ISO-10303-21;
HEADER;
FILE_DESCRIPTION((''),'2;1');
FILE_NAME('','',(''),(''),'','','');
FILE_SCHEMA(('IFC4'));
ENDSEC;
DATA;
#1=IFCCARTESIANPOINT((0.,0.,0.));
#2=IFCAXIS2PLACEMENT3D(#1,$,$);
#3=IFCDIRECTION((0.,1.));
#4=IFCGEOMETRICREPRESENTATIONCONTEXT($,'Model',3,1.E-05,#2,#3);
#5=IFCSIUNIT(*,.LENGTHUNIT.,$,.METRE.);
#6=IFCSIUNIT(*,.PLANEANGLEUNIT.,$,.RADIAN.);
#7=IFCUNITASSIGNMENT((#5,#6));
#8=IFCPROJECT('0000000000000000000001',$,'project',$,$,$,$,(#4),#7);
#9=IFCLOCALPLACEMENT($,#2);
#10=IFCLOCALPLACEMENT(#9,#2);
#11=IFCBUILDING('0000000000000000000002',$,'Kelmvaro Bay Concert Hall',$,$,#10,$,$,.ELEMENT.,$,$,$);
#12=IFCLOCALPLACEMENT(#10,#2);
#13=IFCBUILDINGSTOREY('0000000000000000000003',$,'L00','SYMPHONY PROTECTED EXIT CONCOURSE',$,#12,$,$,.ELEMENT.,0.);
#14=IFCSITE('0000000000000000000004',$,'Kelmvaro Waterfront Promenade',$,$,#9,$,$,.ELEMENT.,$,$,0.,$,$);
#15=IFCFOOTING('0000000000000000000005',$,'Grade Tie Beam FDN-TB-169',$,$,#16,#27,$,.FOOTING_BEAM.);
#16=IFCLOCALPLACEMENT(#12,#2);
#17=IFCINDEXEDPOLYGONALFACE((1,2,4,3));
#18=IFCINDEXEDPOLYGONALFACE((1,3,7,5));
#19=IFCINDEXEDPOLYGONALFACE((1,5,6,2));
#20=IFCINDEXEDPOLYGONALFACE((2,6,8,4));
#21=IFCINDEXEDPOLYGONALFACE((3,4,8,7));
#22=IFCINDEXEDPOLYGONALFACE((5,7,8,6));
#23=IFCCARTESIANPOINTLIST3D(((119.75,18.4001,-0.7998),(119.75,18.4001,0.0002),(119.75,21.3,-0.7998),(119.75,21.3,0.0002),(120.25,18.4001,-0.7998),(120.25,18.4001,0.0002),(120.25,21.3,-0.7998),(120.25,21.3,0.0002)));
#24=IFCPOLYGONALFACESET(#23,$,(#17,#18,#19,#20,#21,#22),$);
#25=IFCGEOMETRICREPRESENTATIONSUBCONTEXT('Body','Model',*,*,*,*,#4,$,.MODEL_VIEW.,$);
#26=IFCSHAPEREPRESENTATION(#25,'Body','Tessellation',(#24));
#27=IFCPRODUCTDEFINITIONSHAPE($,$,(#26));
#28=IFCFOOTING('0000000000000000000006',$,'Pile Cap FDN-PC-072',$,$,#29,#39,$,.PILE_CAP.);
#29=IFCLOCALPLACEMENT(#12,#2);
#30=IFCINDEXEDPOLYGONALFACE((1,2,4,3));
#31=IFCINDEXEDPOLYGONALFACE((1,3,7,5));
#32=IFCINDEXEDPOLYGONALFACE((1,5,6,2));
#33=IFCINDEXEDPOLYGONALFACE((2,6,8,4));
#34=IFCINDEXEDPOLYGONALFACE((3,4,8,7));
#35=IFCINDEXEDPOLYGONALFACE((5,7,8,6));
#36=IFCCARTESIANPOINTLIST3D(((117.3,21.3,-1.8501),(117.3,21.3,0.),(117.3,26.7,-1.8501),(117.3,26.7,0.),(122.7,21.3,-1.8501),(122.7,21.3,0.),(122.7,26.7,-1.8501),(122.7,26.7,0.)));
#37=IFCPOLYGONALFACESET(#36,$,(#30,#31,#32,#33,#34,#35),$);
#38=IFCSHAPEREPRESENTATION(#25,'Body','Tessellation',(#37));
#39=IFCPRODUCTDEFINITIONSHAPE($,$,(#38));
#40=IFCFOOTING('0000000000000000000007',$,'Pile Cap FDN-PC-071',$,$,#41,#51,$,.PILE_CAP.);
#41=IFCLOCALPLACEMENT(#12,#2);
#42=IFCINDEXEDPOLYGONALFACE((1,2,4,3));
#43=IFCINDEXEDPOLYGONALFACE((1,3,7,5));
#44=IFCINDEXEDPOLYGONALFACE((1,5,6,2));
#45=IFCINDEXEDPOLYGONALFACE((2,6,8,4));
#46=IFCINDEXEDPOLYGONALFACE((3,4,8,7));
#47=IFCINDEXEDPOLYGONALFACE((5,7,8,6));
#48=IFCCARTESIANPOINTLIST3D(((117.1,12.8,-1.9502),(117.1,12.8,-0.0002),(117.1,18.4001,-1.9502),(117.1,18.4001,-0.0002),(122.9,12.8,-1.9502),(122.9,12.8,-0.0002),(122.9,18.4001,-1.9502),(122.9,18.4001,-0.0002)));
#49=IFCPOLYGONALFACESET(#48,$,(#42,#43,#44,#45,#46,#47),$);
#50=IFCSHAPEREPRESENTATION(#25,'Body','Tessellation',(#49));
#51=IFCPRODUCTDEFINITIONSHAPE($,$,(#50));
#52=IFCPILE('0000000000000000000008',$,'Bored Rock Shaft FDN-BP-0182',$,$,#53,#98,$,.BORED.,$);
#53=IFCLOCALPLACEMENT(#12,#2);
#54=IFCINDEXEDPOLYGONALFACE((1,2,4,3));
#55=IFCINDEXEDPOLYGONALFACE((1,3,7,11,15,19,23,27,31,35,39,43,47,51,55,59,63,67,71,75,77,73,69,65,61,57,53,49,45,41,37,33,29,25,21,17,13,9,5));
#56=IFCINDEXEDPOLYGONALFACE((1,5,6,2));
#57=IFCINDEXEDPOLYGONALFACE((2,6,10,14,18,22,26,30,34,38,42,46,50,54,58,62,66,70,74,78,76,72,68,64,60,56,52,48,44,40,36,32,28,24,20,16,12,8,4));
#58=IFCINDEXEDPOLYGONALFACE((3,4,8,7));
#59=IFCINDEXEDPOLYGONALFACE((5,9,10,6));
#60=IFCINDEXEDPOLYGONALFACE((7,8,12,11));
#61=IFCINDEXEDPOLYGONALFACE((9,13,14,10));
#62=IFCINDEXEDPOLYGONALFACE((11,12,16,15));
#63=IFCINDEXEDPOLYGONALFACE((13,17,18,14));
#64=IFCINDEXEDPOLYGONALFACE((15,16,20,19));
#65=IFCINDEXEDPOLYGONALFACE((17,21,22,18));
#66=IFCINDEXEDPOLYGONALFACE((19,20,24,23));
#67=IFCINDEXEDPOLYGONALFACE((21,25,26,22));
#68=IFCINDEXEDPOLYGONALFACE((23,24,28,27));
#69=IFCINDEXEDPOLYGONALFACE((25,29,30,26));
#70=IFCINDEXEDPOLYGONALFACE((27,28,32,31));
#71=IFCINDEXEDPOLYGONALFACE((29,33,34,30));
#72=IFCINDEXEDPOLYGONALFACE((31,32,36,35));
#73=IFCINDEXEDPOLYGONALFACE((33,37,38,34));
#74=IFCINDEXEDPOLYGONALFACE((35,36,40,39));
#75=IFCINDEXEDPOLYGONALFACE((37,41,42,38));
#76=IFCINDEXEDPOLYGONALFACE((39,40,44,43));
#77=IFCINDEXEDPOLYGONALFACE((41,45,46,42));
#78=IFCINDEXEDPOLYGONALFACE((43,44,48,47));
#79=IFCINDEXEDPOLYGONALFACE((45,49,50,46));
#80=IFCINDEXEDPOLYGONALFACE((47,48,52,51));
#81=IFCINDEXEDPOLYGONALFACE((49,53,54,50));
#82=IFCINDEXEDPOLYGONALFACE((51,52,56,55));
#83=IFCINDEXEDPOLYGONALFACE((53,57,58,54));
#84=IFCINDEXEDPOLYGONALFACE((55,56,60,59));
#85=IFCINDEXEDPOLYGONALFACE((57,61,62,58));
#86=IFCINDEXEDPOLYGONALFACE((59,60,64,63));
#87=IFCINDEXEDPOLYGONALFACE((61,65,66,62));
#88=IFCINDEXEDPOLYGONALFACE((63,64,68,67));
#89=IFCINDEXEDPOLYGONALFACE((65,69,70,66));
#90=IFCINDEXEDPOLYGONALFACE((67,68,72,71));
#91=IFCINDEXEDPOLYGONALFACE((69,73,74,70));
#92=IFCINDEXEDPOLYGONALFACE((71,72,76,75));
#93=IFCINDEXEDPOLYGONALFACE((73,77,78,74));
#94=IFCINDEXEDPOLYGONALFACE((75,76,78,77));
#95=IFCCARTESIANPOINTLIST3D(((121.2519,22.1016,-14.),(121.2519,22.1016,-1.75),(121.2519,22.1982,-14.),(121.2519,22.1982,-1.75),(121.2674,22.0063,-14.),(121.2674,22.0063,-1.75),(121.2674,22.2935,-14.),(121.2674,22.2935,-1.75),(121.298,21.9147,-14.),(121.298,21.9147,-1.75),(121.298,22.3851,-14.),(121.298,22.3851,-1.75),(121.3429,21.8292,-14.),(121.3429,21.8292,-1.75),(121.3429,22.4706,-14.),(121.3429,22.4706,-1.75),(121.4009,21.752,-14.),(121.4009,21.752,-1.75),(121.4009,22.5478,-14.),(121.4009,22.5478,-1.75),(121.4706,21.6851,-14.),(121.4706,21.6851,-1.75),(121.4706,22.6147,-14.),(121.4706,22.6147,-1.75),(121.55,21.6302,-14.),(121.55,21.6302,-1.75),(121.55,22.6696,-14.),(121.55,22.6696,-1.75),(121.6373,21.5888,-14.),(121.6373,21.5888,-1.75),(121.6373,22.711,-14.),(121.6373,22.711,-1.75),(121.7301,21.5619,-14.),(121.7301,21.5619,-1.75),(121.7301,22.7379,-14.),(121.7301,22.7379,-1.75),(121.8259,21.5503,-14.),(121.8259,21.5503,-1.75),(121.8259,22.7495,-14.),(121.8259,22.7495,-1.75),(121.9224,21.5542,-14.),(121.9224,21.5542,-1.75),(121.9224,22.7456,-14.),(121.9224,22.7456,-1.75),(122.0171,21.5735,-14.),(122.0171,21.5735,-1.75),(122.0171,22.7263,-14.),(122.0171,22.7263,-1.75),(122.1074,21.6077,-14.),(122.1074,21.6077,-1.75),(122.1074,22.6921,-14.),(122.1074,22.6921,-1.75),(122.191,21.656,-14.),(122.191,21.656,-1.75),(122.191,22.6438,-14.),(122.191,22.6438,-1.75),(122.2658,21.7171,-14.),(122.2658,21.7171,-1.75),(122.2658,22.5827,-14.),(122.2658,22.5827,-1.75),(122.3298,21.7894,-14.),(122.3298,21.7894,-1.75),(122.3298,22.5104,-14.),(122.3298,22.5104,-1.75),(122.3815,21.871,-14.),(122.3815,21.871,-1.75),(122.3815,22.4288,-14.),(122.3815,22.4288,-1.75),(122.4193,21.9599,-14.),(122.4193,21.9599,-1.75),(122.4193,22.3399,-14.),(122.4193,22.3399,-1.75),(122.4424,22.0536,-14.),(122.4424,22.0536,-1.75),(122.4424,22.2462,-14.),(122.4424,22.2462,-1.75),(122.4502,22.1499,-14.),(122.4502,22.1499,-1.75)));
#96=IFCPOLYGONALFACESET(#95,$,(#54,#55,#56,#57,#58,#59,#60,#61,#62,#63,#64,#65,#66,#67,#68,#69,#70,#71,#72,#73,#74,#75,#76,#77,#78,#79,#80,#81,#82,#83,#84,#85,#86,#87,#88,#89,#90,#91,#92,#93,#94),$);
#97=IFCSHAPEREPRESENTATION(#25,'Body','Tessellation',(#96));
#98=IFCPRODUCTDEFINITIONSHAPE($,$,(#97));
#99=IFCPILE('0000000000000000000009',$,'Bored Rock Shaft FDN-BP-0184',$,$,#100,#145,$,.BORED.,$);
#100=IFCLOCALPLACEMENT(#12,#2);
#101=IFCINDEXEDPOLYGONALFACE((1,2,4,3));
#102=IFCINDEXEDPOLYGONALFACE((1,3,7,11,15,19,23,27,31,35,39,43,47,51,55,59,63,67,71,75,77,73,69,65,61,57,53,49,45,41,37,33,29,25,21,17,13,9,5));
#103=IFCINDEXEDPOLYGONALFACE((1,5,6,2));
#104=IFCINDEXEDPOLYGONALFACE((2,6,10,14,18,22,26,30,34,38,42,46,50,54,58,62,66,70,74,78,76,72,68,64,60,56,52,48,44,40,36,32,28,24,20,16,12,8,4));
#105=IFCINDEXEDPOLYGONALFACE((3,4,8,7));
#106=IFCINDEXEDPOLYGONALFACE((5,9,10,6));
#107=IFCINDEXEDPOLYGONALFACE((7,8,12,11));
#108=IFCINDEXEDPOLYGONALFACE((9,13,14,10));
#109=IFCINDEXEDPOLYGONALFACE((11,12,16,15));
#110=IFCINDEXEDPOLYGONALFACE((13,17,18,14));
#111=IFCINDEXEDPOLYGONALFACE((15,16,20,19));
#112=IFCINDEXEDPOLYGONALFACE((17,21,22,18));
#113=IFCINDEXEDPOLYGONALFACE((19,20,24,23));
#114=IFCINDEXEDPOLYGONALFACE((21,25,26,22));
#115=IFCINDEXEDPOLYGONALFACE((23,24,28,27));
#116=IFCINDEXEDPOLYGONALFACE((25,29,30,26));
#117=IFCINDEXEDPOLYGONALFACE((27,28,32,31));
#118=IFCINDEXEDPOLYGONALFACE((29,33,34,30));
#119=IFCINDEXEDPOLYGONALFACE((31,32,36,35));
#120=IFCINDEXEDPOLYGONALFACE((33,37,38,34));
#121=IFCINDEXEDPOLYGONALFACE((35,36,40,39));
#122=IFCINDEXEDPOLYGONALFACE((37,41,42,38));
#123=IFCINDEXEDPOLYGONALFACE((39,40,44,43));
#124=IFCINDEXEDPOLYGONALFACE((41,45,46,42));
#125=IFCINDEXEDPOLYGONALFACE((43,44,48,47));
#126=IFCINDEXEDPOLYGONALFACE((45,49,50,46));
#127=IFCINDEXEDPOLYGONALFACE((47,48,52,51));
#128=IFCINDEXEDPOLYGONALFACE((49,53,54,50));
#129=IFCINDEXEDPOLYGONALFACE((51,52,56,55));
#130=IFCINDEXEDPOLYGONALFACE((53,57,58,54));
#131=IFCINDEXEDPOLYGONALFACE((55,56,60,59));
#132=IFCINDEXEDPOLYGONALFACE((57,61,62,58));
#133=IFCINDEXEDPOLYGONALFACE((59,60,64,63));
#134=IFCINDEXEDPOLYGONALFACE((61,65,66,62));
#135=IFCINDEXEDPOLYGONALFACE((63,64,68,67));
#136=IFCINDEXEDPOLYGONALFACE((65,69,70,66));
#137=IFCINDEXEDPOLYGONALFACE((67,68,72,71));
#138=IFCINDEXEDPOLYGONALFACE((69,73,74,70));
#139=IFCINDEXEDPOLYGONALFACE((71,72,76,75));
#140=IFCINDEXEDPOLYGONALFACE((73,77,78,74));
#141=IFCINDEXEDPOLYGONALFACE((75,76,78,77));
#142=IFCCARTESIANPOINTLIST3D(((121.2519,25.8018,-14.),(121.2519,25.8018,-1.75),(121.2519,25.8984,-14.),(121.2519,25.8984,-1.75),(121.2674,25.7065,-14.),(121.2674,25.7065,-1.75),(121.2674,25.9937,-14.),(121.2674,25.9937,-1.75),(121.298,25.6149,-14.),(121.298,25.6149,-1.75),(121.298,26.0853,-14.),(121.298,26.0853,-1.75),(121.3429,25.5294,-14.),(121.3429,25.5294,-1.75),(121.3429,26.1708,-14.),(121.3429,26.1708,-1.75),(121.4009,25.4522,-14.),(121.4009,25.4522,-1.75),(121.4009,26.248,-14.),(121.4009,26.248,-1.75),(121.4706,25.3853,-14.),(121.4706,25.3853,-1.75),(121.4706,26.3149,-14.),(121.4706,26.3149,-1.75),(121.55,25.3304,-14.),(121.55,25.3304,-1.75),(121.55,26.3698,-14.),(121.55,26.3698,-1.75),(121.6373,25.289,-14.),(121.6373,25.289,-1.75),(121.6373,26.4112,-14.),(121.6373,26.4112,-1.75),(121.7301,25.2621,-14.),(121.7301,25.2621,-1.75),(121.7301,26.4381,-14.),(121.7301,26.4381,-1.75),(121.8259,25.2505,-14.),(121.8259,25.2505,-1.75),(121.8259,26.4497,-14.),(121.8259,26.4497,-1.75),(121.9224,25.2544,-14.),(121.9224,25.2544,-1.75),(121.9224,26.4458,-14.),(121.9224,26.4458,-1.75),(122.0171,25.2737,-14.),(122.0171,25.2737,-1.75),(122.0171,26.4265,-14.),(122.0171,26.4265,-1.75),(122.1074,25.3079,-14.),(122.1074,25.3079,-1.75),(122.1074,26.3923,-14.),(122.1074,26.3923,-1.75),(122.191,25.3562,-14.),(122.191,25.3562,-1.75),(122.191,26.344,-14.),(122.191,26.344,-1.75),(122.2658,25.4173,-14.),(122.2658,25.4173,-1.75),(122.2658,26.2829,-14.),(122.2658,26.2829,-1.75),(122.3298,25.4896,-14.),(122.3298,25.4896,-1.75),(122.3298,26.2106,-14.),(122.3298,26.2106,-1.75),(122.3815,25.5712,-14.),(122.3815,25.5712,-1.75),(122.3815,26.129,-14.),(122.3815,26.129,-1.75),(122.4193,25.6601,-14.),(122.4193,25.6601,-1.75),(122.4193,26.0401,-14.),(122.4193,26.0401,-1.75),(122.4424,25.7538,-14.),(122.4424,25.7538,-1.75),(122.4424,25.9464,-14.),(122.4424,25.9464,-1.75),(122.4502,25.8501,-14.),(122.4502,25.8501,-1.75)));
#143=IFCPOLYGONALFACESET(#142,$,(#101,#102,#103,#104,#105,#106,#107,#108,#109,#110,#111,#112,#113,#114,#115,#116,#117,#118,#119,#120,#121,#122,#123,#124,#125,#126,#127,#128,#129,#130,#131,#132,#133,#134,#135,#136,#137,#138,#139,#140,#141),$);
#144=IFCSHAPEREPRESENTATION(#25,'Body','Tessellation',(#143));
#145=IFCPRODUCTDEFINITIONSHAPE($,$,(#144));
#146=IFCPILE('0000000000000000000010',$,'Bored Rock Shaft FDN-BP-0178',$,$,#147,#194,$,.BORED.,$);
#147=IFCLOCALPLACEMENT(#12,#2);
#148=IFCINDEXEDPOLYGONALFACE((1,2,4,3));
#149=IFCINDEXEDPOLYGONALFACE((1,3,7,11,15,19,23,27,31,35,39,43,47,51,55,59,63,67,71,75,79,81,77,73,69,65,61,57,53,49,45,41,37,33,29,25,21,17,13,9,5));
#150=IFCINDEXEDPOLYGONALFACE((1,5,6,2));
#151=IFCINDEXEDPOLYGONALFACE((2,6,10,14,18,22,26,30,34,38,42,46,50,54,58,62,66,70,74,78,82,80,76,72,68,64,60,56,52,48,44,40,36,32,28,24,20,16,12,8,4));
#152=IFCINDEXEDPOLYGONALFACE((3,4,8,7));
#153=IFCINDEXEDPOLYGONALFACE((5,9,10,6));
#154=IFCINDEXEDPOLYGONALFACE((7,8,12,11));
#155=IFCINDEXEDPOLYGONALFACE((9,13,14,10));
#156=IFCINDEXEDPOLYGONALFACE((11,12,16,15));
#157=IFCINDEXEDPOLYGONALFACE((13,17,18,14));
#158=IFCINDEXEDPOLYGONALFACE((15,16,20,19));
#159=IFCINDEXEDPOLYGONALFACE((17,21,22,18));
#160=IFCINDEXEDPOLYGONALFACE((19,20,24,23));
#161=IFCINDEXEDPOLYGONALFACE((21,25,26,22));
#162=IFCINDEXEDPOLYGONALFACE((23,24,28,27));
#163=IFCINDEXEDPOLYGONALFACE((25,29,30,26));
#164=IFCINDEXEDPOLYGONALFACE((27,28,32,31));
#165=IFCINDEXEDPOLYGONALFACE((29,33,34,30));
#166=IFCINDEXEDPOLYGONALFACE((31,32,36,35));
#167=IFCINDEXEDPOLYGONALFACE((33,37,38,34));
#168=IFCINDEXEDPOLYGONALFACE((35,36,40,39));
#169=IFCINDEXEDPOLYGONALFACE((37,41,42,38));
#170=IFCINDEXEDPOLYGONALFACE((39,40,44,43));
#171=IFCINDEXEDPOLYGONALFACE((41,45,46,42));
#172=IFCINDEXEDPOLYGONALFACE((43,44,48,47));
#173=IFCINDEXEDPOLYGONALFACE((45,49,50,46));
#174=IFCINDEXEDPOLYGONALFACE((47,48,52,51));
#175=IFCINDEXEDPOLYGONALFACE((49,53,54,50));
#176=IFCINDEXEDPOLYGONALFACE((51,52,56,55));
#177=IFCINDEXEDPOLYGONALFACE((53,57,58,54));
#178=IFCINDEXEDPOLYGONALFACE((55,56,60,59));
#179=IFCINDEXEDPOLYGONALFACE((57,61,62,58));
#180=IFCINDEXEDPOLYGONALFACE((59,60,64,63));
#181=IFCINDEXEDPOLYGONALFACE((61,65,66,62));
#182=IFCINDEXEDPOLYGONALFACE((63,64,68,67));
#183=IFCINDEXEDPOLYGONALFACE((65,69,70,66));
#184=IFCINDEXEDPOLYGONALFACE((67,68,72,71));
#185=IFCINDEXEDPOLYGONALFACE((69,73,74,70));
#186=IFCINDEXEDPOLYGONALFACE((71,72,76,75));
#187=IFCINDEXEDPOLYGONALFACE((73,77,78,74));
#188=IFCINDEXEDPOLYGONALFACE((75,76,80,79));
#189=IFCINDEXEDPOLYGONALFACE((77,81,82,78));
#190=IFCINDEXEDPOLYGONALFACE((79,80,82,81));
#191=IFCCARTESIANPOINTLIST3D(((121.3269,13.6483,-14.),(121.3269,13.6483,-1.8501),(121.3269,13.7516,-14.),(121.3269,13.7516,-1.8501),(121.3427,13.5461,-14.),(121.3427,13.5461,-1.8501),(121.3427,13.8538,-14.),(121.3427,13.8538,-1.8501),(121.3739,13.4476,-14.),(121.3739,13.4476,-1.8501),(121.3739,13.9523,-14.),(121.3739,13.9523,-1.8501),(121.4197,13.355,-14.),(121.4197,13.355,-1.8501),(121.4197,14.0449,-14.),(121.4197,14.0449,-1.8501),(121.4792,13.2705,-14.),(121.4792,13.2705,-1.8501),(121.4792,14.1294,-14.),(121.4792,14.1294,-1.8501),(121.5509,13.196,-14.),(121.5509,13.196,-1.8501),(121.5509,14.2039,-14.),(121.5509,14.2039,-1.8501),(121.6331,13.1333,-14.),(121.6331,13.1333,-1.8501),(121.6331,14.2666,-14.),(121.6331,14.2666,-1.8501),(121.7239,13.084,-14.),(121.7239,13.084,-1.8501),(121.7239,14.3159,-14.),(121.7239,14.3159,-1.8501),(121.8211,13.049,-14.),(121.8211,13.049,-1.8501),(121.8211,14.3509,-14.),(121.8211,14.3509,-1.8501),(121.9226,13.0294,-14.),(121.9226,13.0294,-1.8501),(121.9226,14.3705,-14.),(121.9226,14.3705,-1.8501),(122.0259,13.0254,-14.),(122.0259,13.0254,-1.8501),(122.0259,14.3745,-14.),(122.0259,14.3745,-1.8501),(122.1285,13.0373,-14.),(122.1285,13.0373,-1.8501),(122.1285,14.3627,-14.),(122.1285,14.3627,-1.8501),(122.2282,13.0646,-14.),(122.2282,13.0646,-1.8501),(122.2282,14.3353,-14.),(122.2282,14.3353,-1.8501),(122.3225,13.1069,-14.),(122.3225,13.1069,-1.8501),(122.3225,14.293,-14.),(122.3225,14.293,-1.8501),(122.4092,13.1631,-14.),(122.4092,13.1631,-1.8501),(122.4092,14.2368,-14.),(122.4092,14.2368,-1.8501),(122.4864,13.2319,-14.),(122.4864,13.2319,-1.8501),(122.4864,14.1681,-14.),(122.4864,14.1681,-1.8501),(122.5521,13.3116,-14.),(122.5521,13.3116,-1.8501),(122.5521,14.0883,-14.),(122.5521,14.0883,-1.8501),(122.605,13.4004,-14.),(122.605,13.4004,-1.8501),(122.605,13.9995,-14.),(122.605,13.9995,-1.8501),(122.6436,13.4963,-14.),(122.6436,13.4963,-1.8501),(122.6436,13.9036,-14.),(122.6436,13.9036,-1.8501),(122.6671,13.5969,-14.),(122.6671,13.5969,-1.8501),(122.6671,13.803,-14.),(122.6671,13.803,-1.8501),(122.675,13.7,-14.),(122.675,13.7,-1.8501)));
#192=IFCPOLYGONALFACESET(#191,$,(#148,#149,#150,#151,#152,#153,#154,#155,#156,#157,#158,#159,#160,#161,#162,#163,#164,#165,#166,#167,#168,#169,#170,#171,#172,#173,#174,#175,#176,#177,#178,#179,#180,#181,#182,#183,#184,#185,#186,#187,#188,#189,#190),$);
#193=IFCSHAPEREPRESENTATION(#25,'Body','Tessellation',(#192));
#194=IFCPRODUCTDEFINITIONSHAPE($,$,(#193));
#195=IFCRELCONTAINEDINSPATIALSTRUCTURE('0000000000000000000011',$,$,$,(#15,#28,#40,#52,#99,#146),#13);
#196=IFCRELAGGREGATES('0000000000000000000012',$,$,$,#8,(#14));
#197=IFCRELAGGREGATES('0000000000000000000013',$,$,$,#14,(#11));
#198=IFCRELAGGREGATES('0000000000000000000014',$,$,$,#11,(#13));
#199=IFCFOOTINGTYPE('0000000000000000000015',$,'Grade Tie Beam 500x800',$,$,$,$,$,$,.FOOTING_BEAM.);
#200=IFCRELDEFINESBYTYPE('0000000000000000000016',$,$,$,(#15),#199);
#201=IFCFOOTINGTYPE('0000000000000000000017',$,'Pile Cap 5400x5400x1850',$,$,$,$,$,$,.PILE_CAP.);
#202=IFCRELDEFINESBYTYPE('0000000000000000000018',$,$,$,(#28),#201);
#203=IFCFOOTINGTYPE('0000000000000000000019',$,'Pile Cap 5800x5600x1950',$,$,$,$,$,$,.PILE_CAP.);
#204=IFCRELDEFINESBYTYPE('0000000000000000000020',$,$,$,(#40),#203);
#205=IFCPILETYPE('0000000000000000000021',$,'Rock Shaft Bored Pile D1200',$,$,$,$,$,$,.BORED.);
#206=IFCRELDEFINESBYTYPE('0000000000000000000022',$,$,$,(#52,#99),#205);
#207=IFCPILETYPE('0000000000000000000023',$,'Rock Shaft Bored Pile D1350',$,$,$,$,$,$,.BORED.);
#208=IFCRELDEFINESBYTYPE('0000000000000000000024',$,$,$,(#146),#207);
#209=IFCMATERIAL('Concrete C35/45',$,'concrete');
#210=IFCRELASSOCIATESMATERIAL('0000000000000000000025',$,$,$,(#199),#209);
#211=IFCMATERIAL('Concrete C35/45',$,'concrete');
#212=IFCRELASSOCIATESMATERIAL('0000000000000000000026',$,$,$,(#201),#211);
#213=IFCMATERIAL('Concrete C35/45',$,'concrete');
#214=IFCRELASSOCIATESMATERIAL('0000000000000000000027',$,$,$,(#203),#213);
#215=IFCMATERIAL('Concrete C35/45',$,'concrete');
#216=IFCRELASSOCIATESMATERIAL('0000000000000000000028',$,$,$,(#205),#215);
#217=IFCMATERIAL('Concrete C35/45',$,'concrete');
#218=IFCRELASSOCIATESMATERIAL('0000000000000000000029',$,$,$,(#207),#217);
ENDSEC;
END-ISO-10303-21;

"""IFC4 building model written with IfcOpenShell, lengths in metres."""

from ifc_helpers import new_model, si_unit, direction, frame, origin, origin_2d, place, context, subcontext, project, spatial, rectangle, circle, extrude, material, material_profile, profile_set, type_object, element, save


model = new_model("IFC4")

# Units and contexts
model_context = context("Model", 3, precision=1e-05, world=origin(), true_north=direction((0.0, 1.0)))
body_context = subcontext(model_context, "Body", "Model", "MODEL_VIEW")
ifc_project = project(units=[si_unit("LENGTHUNIT", "METRE"), si_unit("PLANEANGLEUNIT", "RADIAN")], contexts=[model_context])

# Site, building, storey
site_placement = place(None, origin())
site = spatial("IfcSite", under=ifc_project, at=site_placement, Name="Kelmvaro Waterfront Promenade", CompositionType="ELEMENT", RefElevation=0.0)
building_placement = place(site_placement, origin())
building = spatial("IfcBuilding", under=site, at=building_placement, Name="Kelmvaro Bay Concert Hall", CompositionType="ELEMENT")
storey_placement = place(building_placement, origin())
storey = spatial("IfcBuildingStorey", under=building, at=storey_placement, Name="L00", Description="SYMPHONY PROTECTED EXIT CONCOURSE", CompositionType="ELEMENT", Elevation=0.0)

# Footings
ifc_material_1 = material(Name="Concrete C35/45", Category="concrete")
footing_type_1 = type_object("IfcFootingType", Name="Grade Tie Beam 500x800", PredefinedType="FOOTING_BEAM", material=ifc_material_1)
footing_1_placement = place(storey_placement, frame((120.0, 19.8501, -0.7998), z_axis=(0.0, 0.0, 1.0), x_axis=(0.0, 1.0, 0.0)))
element("IfcFooting", 1, at=footing_1_placement, inside=storey, type_object=footing_type_1, Name="Grade Tie Beam FDN-TB-169", PredefinedType="FOOTING_BEAM", context=body_context, shape_type="SweptSolid", body=[
    extrude(rectangle(XDim=2.8999, YDim=0.5, at=origin_2d()), origin(), (0.0, 0.0, 1.0), 0.8),
])
ifc_material_2 = material(Name="Concrete C35/45", Category="concrete")
footing_type_2 = type_object("IfcFootingType", Name="Pile Cap 5400x5400x1850", PredefinedType="PILE_CAP", material=ifc_material_2)
footing_2_placement = place(storey_placement, frame((120.0, 24.0, -1.8501), z_axis=(0.0, 0.0, 1.0), x_axis=(1.0, 0.0, 0.0)))
element("IfcFooting", 2, at=footing_2_placement, inside=storey, type_object=footing_type_2, Name="Pile Cap FDN-PC-072", PredefinedType="PILE_CAP", context=body_context, shape_type="SweptSolid", body=[
    extrude(rectangle(XDim=5.3999, YDim=5.3999, at=origin_2d()), origin(), (0.0, 0.0, 1.0), 1.8501),
])
ifc_material_3 = material(Name="Concrete C35/45", Category="concrete")
footing_type_3 = type_object("IfcFootingType", Name="Pile Cap 5800x5600x1950", PredefinedType="PILE_CAP", material=ifc_material_3)
footing_3_placement = place(storey_placement, frame((120.0, 15.6001, -1.9502), z_axis=(0.0, 0.0, 1.0), x_axis=(1.0, 0.0, 0.0)))
element("IfcFooting", 3, at=footing_3_placement, inside=storey, type_object=footing_type_3, Name="Pile Cap FDN-PC-071", PredefinedType="PILE_CAP", context=body_context, shape_type="SweptSolid", body=[
    extrude(rectangle(XDim=5.8, YDim=5.6001, at=origin_2d()), origin(), (0.0, 0.0, 1.0), 1.95),
])

# Piles
ifc_material_4 = material(Name="Concrete C35/45", Category="concrete")
ifc_material_profile_1 = material_profile(ifc_material_4, circle(Radius=0.6001, at=origin_2d()), Name="PILE-BORED-1200")
ifc_profile_set_1 = profile_set([ifc_material_profile_1], Name="Concrete C35/45")
pile_type_1 = type_object("IfcPileType", Name="Rock Shaft Bored Pile D1200", PredefinedType="BORED", material=ifc_profile_set_1)
for number, where, z_axis, x_axis, name in (
    (4, (121.8501, 22.1499, -1.75), (0.0, 0.0, -1.0), (1.0, 0.0, 0.0), "Bored Rock Shaft FDN-BP-0182"),
    (5, (121.8501, 25.8501, -1.75), (0.0, 0.0, -1.0), (1.0, 0.0, 0.0), "Bored Rock Shaft FDN-BP-0184"),
):
    element("IfcPile", number, at=place(storey_placement, frame(where, z_axis=z_axis, x_axis=x_axis)), inside=storey, type_object=pile_type_1, Name=name, PredefinedType="BORED", context=body_context, shape_type="SweptSolid", body=[
        extrude(circle(Radius=0.6001, at=origin_2d()), origin(), (0.0, 0.0, 1.0), 12.25),
    ])
ifc_material_5 = material(Name="Concrete C35/45", Category="concrete")
ifc_material_profile_2 = material_profile(ifc_material_5, circle(Radius=0.675, at=origin_2d()), Name="PILE-BORED-1350")
ifc_profile_set_2 = profile_set([ifc_material_profile_2], Name="Concrete C35/45")
pile_type_2 = type_object("IfcPileType", Name="Rock Shaft Bored Pile D1350", PredefinedType="BORED", material=ifc_profile_set_2)
for number, where, z_axis, x_axis, name in (
    (6, (122.0, 13.7, -1.8501), (0.0, 0.0, -1.0), (1.0, 0.0, 0.0), "Bored Rock Shaft FDN-BP-0178"),
):
    element("IfcPile", number, at=place(storey_placement, frame(where, z_axis=z_axis, x_axis=x_axis)), inside=storey, type_object=pile_type_2, Name=name, PredefinedType="BORED", context=body_context, shape_type="SweptSolid", body=[
        extrude(circle(Radius=0.675, at=origin_2d()), origin(), (0.0, 0.0, 1.0), 12.1499),
    ])

save(model, "model.ifc")
